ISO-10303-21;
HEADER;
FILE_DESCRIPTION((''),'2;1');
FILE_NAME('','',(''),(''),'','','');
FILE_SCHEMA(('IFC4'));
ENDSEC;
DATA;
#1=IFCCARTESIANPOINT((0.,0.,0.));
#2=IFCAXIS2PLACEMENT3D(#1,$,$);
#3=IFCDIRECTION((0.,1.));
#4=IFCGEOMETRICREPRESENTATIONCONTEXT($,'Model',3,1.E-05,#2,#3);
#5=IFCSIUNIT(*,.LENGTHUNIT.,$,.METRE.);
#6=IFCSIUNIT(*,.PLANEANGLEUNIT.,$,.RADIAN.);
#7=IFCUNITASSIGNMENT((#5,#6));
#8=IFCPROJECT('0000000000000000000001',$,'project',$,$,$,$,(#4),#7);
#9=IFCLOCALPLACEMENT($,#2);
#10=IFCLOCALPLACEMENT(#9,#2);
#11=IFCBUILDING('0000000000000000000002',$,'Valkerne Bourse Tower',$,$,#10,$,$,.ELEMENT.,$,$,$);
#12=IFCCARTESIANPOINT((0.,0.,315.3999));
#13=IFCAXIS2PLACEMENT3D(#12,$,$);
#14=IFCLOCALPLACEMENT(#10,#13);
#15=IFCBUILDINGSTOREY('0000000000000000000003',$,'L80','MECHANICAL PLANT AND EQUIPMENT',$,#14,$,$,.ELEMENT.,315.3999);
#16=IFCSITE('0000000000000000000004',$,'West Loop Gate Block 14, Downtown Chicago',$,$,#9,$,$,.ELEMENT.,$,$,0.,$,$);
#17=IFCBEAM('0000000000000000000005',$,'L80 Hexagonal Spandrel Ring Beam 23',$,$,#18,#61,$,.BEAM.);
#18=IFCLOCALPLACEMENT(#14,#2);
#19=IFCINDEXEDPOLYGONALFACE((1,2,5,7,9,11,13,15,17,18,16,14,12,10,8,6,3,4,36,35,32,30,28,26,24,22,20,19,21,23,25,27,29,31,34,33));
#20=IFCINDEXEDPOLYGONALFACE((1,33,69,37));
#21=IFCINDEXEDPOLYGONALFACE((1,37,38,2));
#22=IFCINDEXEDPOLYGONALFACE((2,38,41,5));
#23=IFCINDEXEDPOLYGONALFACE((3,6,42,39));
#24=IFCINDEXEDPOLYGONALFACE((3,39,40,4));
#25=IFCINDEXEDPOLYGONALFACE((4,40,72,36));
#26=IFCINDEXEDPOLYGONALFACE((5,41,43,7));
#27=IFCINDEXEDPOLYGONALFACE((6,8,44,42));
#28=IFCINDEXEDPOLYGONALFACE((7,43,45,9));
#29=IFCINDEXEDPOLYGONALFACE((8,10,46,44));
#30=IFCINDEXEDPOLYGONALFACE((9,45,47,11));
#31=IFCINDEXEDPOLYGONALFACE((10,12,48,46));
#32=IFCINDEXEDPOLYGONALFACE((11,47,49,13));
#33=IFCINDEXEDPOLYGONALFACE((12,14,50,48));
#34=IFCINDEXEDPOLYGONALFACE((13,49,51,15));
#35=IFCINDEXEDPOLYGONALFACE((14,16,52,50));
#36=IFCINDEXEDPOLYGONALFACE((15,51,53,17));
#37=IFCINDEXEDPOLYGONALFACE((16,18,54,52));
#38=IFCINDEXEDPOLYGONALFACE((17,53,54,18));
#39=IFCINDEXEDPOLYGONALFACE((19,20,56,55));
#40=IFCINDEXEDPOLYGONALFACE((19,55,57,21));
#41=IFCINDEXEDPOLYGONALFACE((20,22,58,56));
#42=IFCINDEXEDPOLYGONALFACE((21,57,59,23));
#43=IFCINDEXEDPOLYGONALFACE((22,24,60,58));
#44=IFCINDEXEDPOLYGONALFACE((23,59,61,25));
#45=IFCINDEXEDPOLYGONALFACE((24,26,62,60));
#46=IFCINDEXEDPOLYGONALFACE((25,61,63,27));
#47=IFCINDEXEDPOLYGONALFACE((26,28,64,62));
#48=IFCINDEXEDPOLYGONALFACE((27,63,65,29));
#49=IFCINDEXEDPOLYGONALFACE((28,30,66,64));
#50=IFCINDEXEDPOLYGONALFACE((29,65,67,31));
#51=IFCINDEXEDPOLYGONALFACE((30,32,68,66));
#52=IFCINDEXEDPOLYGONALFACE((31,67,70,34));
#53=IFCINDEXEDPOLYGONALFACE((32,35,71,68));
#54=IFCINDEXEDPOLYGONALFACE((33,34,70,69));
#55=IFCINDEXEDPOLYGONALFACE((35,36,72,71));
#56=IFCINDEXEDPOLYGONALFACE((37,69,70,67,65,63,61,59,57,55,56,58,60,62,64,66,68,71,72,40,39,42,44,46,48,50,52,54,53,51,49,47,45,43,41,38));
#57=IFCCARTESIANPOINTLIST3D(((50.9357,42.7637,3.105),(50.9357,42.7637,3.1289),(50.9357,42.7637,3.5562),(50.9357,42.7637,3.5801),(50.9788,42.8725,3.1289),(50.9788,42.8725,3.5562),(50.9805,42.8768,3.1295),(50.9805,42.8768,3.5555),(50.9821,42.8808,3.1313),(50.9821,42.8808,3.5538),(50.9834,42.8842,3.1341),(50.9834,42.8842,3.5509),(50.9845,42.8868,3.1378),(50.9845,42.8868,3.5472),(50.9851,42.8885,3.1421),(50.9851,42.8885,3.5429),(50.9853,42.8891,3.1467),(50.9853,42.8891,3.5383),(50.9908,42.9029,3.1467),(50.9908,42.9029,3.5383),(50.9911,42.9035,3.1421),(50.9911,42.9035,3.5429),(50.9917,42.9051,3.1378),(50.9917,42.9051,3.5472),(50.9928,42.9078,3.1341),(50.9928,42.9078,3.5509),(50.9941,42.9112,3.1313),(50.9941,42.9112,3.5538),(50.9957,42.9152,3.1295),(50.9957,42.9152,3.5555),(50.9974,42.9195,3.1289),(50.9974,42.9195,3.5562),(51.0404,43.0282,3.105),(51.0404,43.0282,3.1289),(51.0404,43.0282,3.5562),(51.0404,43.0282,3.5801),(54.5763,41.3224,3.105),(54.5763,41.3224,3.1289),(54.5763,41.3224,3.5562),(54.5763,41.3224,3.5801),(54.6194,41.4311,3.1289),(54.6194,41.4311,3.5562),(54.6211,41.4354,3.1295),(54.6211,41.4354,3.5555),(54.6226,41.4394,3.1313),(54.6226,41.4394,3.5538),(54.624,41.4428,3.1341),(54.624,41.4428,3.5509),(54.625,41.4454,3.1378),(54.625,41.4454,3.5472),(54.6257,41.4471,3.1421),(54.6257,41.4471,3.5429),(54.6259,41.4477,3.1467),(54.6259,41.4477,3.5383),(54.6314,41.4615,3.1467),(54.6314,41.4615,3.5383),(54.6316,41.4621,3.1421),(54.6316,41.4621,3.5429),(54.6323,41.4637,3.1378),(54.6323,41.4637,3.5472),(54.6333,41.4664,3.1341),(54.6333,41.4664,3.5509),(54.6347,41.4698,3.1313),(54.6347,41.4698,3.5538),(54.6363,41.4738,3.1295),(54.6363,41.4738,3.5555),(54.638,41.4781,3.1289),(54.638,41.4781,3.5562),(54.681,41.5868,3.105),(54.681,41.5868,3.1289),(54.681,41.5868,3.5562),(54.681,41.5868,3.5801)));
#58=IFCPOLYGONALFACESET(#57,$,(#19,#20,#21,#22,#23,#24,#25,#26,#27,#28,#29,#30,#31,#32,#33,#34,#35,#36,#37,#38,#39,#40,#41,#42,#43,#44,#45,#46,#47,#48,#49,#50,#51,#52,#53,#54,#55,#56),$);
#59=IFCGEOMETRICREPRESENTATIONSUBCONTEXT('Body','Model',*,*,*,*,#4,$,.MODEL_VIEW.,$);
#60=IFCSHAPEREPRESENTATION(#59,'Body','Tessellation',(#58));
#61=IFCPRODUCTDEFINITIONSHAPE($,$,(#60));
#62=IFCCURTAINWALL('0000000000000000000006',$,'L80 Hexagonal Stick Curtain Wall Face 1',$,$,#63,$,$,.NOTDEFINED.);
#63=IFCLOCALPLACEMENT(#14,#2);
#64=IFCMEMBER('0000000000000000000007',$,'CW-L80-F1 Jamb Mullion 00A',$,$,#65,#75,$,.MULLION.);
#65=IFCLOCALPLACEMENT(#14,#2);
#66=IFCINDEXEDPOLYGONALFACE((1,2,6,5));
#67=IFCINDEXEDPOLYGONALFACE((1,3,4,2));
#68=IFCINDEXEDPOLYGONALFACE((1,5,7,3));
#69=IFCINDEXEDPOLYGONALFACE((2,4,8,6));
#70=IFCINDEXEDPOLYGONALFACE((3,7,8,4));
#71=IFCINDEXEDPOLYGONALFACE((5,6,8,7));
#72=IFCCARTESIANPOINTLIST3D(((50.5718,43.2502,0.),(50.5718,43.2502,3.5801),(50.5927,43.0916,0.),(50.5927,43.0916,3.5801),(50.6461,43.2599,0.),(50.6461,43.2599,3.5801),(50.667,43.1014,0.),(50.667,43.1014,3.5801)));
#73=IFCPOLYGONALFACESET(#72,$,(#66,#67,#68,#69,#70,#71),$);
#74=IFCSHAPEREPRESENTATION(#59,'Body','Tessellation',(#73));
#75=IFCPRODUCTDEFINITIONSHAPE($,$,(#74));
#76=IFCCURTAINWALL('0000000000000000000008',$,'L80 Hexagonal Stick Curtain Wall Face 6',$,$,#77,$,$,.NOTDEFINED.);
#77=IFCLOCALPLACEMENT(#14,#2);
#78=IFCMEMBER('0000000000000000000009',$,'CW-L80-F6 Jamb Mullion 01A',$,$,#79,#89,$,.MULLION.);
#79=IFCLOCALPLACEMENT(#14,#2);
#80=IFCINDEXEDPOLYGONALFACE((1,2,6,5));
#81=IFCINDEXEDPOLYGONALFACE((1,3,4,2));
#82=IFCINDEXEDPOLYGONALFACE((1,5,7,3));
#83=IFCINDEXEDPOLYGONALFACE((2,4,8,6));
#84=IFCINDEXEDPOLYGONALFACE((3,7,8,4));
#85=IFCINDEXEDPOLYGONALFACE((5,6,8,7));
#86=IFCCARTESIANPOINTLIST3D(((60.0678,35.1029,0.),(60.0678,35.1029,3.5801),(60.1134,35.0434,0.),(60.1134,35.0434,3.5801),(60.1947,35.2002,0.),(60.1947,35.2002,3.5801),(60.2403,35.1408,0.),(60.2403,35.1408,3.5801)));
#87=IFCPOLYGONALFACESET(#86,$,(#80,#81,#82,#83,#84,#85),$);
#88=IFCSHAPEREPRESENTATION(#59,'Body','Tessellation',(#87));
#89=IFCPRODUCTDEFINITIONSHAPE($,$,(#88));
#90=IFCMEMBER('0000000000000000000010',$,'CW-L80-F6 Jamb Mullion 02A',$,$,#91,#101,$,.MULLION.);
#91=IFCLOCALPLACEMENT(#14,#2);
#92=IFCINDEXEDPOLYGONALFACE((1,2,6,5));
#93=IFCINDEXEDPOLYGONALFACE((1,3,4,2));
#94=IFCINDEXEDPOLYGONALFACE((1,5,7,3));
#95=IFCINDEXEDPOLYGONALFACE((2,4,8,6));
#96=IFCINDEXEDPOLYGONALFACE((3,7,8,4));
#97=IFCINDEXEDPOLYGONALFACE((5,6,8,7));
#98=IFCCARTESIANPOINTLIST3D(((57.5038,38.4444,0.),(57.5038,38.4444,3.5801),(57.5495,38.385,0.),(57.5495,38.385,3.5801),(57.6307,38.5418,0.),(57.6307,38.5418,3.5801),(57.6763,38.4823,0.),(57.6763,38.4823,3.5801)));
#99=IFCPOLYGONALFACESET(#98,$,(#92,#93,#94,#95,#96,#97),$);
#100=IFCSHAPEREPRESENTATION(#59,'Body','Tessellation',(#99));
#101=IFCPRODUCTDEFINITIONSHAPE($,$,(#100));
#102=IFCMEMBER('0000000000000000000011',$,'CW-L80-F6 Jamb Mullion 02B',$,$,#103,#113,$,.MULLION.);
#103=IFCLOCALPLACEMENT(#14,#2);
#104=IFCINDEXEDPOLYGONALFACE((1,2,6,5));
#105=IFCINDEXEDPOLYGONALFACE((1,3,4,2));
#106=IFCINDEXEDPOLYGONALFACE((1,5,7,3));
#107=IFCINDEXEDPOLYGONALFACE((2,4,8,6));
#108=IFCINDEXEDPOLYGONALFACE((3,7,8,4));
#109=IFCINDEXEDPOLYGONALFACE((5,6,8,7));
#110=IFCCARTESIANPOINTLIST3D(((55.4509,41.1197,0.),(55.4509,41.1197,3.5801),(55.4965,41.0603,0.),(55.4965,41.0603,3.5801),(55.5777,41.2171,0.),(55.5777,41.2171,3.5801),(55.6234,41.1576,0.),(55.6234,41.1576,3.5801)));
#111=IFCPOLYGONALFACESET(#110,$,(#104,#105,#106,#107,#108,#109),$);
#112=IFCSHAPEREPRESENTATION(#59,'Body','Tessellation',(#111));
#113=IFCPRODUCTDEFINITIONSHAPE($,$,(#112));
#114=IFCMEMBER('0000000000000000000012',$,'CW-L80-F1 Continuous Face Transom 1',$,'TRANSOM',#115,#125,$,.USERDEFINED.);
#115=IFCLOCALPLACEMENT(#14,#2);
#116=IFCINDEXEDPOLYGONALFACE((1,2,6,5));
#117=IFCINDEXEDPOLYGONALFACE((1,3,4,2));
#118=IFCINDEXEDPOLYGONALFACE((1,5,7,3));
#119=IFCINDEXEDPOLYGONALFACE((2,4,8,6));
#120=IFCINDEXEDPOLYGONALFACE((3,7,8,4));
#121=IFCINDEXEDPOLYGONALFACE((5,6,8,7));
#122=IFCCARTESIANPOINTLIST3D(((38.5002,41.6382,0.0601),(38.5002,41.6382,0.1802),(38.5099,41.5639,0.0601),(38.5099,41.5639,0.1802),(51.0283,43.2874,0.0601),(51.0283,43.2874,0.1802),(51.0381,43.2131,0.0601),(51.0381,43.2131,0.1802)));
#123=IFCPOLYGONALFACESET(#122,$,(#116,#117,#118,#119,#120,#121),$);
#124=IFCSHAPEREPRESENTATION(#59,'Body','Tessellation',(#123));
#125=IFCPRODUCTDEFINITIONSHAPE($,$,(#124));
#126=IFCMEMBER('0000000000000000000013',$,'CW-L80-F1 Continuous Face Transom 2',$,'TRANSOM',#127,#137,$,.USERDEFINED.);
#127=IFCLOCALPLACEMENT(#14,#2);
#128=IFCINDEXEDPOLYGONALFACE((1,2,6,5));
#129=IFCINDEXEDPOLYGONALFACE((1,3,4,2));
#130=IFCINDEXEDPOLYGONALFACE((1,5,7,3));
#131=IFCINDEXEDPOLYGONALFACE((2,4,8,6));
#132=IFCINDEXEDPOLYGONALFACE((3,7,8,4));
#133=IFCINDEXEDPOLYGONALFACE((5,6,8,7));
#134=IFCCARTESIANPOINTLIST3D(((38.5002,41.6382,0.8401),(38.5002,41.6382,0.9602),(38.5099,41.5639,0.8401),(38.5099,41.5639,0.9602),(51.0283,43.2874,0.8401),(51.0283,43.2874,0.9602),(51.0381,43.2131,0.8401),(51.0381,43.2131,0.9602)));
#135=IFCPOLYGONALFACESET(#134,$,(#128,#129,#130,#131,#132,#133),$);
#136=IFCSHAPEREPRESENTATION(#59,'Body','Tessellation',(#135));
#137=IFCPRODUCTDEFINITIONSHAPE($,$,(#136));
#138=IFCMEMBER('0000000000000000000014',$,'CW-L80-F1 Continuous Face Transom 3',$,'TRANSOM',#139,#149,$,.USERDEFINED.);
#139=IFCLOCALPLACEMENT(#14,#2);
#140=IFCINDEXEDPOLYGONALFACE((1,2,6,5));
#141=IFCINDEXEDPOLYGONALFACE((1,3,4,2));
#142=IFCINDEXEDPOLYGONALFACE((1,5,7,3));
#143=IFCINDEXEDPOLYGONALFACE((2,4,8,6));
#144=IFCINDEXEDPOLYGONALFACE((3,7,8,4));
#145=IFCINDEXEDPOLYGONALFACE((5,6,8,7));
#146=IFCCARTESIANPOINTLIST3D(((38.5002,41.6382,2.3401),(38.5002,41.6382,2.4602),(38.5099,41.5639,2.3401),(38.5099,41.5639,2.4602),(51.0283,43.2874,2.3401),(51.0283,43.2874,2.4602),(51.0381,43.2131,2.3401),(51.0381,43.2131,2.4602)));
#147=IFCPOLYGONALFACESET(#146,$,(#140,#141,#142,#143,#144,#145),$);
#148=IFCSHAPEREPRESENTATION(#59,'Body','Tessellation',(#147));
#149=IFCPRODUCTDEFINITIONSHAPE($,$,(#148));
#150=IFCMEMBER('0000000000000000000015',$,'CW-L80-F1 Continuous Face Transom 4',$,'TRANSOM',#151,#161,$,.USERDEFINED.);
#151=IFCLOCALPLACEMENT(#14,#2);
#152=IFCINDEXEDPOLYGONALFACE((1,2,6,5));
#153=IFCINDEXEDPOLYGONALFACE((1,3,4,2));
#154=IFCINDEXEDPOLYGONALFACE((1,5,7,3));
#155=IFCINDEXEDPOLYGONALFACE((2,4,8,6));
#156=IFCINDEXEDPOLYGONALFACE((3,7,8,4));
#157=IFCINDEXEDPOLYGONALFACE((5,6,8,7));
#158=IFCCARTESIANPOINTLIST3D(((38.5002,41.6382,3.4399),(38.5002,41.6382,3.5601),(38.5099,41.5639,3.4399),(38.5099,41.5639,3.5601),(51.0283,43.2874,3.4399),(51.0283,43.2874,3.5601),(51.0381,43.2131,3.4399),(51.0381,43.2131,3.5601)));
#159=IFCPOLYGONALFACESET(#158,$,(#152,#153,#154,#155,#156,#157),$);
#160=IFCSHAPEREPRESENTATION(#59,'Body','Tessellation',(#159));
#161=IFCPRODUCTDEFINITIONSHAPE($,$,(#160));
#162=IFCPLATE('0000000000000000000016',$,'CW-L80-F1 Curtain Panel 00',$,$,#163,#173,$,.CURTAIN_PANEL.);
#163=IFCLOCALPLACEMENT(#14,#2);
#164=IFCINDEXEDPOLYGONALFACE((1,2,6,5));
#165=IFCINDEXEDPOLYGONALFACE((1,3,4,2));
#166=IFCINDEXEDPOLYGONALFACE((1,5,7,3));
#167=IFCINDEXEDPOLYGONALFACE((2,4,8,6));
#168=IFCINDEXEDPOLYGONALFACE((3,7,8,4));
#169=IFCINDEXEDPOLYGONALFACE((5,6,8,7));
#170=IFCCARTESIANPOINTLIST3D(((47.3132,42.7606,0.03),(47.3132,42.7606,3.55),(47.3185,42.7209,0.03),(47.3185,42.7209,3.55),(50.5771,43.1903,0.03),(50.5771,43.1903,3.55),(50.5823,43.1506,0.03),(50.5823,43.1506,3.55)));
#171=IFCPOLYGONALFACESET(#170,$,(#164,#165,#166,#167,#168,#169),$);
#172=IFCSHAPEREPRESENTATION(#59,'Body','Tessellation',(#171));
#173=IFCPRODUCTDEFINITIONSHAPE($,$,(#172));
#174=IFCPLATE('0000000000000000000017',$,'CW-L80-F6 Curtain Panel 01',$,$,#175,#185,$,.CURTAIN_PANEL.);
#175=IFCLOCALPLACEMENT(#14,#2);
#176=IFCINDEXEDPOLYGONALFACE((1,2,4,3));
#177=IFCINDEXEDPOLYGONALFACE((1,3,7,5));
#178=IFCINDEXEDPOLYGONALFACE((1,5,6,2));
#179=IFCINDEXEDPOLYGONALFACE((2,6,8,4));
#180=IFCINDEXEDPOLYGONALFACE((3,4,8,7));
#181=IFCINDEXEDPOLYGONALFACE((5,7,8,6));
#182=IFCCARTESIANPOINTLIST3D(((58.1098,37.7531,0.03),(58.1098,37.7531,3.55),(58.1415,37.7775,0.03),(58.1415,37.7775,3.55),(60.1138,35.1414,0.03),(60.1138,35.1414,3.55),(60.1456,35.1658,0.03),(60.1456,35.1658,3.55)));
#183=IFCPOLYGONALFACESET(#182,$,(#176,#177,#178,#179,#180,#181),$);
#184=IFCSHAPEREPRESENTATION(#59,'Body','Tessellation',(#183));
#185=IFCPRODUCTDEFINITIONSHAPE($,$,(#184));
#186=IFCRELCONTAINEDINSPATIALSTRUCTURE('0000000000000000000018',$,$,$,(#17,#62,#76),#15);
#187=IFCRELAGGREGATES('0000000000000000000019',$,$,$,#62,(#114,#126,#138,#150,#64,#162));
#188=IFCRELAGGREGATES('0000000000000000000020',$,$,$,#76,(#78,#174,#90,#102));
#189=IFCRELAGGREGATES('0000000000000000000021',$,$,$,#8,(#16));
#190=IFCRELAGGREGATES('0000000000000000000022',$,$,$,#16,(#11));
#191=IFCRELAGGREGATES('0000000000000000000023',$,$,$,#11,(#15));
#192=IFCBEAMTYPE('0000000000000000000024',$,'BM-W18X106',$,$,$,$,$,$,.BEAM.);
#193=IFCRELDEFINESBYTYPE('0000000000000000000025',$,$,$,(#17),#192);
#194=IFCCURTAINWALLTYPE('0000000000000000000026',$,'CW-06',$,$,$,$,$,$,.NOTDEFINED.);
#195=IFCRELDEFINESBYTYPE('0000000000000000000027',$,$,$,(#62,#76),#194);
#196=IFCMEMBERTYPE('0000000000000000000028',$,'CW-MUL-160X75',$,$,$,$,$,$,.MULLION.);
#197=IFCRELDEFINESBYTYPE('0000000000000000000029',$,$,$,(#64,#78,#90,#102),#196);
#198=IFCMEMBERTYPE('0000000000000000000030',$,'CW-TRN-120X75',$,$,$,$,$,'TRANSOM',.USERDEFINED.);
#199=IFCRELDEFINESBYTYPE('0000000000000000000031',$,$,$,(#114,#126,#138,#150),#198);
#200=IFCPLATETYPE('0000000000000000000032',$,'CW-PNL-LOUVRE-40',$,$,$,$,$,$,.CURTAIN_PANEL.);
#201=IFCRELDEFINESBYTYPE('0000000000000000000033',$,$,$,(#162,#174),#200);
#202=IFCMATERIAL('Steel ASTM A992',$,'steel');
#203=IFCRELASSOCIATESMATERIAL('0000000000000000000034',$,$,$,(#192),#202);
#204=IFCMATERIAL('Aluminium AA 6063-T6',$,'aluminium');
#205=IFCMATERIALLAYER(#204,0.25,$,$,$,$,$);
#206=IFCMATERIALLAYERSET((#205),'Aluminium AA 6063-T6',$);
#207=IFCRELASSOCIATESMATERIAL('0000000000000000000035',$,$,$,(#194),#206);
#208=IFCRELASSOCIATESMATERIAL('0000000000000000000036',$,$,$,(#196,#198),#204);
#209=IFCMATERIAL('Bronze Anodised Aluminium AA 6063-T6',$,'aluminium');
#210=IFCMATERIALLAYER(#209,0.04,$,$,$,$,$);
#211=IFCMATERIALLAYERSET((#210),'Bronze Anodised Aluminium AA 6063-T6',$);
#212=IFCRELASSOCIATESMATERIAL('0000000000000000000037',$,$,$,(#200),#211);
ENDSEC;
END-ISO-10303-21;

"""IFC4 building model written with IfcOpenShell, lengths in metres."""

from ifc_helpers import new_model, si_unit, direction, frame, origin, origin_2d, place, context, subcontext, project, spatial, rectangle, i_section, extrude, material, layer, layer_set, material_profile, profile_set, type_object, element, aggregate, save


model = new_model("IFC4")

# Units and contexts
model_context = context("Model", 3, precision=1e-05, world=origin(), true_north=direction((0.0, 1.0)))
body_context = subcontext(model_context, "Body", "Model", "MODEL_VIEW")
ifc_project = project(units=[si_unit("LENGTHUNIT", "METRE"), si_unit("PLANEANGLEUNIT", "RADIAN")], contexts=[model_context])

# Site, building, storey
site_placement = place(None, origin())
site = spatial("IfcSite", under=ifc_project, at=site_placement, Name="West Loop Gate Block 14, Downtown Chicago", CompositionType="ELEMENT", RefElevation=0.0)
building_placement = place(site_placement, origin())
building = spatial("IfcBuilding", under=site, at=building_placement, Name="Valkerne Bourse Tower", CompositionType="ELEMENT")
storey_placement = place(building_placement, frame((0.0, 0.0, 315.3999)))
storey = spatial("IfcBuildingStorey", under=building, at=storey_placement, Name="L80", Description="MECHANICAL PLANT AND EQUIPMENT", CompositionType="ELEMENT", Elevation=315.3999)

# Beam
ifc_material_1 = material(Name="Steel ASTM A992", Category="steel")
ifc_material_profile_1 = material_profile(ifc_material_1, i_section(OverallWidth=0.2844, OverallDepth=0.4751, WebThickness=0.0149, FlangeThickness=0.0239, FilletRadius=0.0178, at=origin_2d()), Name="W18X106")
ifc_profile_set_1 = profile_set([ifc_material_profile_1], Name="Steel ASTM A992")
beam_type = type_object("IfcBeamType", Name="BM-W18X106", PredefinedType="BEAM", material=ifc_profile_set_1)
beam_1_placement = place(storey_placement, frame((54.6287, 41.4546, 3.3425), z_axis=(-0.929778, 0.36812, 0.0), x_axis=(-0.36812, -0.929778, 0.0)))
element("IfcBeam", 1, at=beam_1_placement, inside=storey, type_object=beam_type, Name="L80 Hexagonal Spandrel Ring Beam 23", PredefinedType="BEAM", context=body_context, shape_type="SweptSolid", body=[
    extrude(i_section(OverallWidth=0.2844, OverallDepth=0.4751, WebThickness=0.0149, FlangeThickness=0.0239, FilletRadius=0.0178, at=origin_2d()), origin(), (0.0, 0.0, 1.0), 3.9155),
])

# Curtain wall, member
ifc_material_2 = material(Name="Aluminium AA 6063-T6", Category="aluminium")
ifc_layer_1 = layer(ifc_material_2, 0.25)
ifc_layer_set_1 = layer_set([ifc_layer_1], Name="Aluminium AA 6063-T6")
curtain_wall_type = type_object("IfcCurtainWallType", Name="CW-06", PredefinedType="NOTDEFINED", material=ifc_layer_set_1)
curtain_wall_1_placement = place(storey_placement, origin())
curtain_wall_1 = element("IfcCurtainWall", 2, at=curtain_wall_1_placement, inside=storey, type_object=curtain_wall_type, Name="L80 Hexagonal Stick Curtain Wall Face 1", PredefinedType="NOTDEFINED")
ifc_material_profile_2 = material_profile(ifc_material_2, rectangle(XDim=0.075, YDim=0.1599, at=origin_2d()), Name="CWM-75X160")
ifc_profile_set_2 = profile_set([ifc_material_profile_2], Name="Aluminium AA 6063-T6")
member_type_1 = type_object("IfcMemberType", Name="CW-MUL-160X75", PredefinedType="MULLION", material=ifc_profile_set_2)
member_1_placement = place(storey_placement, frame((50.6194, 43.1758, 0.0), z_axis=(0.0, 0.0, 1.0), x_axis=(-0.991444, -0.130531, 0.0)))
member_1 = element("IfcMember", 3, at=member_1_placement, type_object=member_type_1, Name="CW-L80-F1 Jamb Mullion 00A", PredefinedType="MULLION", context=body_context, shape_type="SweptSolid", body=[
    extrude(rectangle(XDim=0.075, YDim=0.1599, at=origin_2d()), origin(), (0.0, 0.0, 1.0), 3.5801),
])

# Curtain wall, members
curtain_wall_2_placement = place(storey_placement, origin())
curtain_wall_2 = element("IfcCurtainWall", 4, at=curtain_wall_2_placement, inside=storey, type_object=curtain_wall_type, Name="L80 Hexagonal Stick Curtain Wall Face 6", PredefinedType="NOTDEFINED")
member_2_placement = place(storey_placement, frame((60.1541, 35.1218, 0.0), z_axis=(0.0, 0.0, 1.0), x_axis=(-0.608761, 0.793353, 0.0)))
member_2 = element("IfcMember", 5, at=member_2_placement, type_object=member_type_1, Name="CW-L80-F6 Jamb Mullion 01A", PredefinedType="MULLION", context=body_context, shape_type="SweptSolid", body=[
    extrude(rectangle(XDim=0.075, YDim=0.1599, at=origin_2d()), origin(), (0.0, 0.0, 1.0), 3.5801),
])
member_3_placement = place(storey_placement, frame((57.5901, 38.4634, 0.0), z_axis=(0.0, 0.0, 1.0), x_axis=(-0.608761, 0.793353, 0.0)))
member_3 = element("IfcMember", 6, at=member_3_placement, type_object=member_type_1, Name="CW-L80-F6 Jamb Mullion 02A", PredefinedType="MULLION", context=body_context, shape_type="SweptSolid", body=[
    extrude(rectangle(XDim=0.075, YDim=0.1599, at=origin_2d()), origin(), (0.0, 0.0, 1.0), 3.5801),
])
member_4_placement = place(storey_placement, frame((55.5371, 41.1387, 0.0), z_axis=(0.0, 0.0, 1.0), x_axis=(-0.608761, 0.793353, 0.0)))
member_4 = element("IfcMember", 7, at=member_4_placement, type_object=member_type_1, Name="CW-L80-F6 Jamb Mullion 02B", PredefinedType="MULLION", context=body_context, shape_type="SweptSolid", body=[
    extrude(rectangle(XDim=0.075, YDim=0.1599, at=origin_2d()), origin(), (0.0, 0.0, 1.0), 3.5801),
])

# Members
ifc_material_profile_3 = material_profile(ifc_material_2, rectangle(XDim=0.075, YDim=0.1201, at=origin_2d()), Name="CWT-75X120")
ifc_profile_set_3 = profile_set([ifc_material_profile_3], Name="Aluminium AA 6063-T6")
member_type_2 = type_object("IfcMemberType", Name="CW-TRN-120X75", ElementType="TRANSOM", PredefinedType="USERDEFINED", material=ifc_profile_set_3)
member_5_placement = place(storey_placement, frame((51.0332, 43.2502, 0.1201), z_axis=(-0.991447, -0.130512, 0.0), x_axis=(0.130512, -0.991447, 0.0)))
member_5 = element("IfcMember", 8, at=member_5_placement, type_object=member_type_2, Name="CW-L80-F1 Continuous Face Transom 1", ObjectType="TRANSOM", PredefinedType="USERDEFINED", context=body_context, shape_type="SweptSolid", body=[
    extrude(rectangle(XDim=0.075, YDim=0.1201, at=origin_2d()), origin(), (0.0, 0.0, 1.0), 12.6362),
])
member_6_placement = place(storey_placement, frame((51.0332, 43.2502, 0.9001), z_axis=(-0.991447, -0.130512, 0.0), x_axis=(0.130512, -0.991447, 0.0)))
member_6 = element("IfcMember", 9, at=member_6_placement, type_object=member_type_2, Name="CW-L80-F1 Continuous Face Transom 2", ObjectType="TRANSOM", PredefinedType="USERDEFINED", context=body_context, shape_type="SweptSolid", body=[
    extrude(rectangle(XDim=0.075, YDim=0.1201, at=origin_2d()), origin(), (0.0, 0.0, 1.0), 12.6362),
])
member_7_placement = place(storey_placement, frame((51.0332, 43.2502, 2.4001), z_axis=(-0.991447, -0.130512, 0.0), x_axis=(0.130512, -0.991447, 0.0)))
member_7 = element("IfcMember", 10, at=member_7_placement, type_object=member_type_2, Name="CW-L80-F1 Continuous Face Transom 3", ObjectType="TRANSOM", PredefinedType="USERDEFINED", context=body_context, shape_type="SweptSolid", body=[
    extrude(rectangle(XDim=0.075, YDim=0.1201, at=origin_2d()), origin(), (0.0, 0.0, 1.0), 12.6362),
])
member_8_placement = place(storey_placement, frame((51.0332, 43.2502, 3.5), z_axis=(-0.991447, -0.130512, 0.0), x_axis=(0.130512, -0.991447, 0.0)))
member_8 = element("IfcMember", 11, at=member_8_placement, type_object=member_type_2, Name="CW-L80-F1 Continuous Face Transom 4", ObjectType="TRANSOM", PredefinedType="USERDEFINED", context=body_context, shape_type="SweptSolid", body=[
    extrude(rectangle(XDim=0.075, YDim=0.1201, at=origin_2d()), origin(), (0.0, 0.0, 1.0), 12.6362),
])

# Plates
ifc_material_3 = material(Name="Bronze Anodised Aluminium AA 6063-T6", Category="aluminium")
ifc_layer_2 = layer(ifc_material_3, 0.04)
ifc_layer_set_2 = layer_set([ifc_layer_2], Name="Bronze Anodised Aluminium AA 6063-T6")
plate_type = type_object("IfcPlateType", Name="CW-PNL-LOUVRE-40", PredefinedType="CURTAIN_PANEL", material=ifc_layer_set_2)
plate_1_placement = place(storey_placement, frame((48.9478, 42.9556, 0.03), z_axis=(0.0, 0.0, 1.0), x_axis=(-0.991444, -0.130531, 0.0)))
plate_1 = element("IfcPlate", 12, at=plate_1_placement, type_object=plate_type, Name="CW-L80-F1 Curtain Panel 00", PredefinedType="CURTAIN_PANEL", context=body_context, shape_type="SweptSolid", body=[
    extrude(rectangle(XDim=3.292, YDim=0.04, at=origin_2d()), origin(), (0.0, 0.0, 1.0), 3.52),
])
aggregate(curtain_wall_1, [member_5, member_6, member_7, member_8, member_1, plate_1])
plate_2_placement = place(storey_placement, frame((59.1277, 36.4595, 0.03), z_axis=(0.0, 0.0, 1.0), x_axis=(-0.608761, 0.793353, 0.0)))
plate_2 = element("IfcPlate", 13, at=plate_2_placement, type_object=plate_type, Name="CW-L80-F6 Curtain Panel 01", PredefinedType="CURTAIN_PANEL", context=body_context, shape_type="SweptSolid", body=[
    extrude(rectangle(XDim=3.292, YDim=0.04, at=origin_2d()), origin(), (0.0, 0.0, 1.0), 3.52),
])
aggregate(curtain_wall_2, [member_2, plate_2, member_3, member_4])

save(model, "model.ifc")
